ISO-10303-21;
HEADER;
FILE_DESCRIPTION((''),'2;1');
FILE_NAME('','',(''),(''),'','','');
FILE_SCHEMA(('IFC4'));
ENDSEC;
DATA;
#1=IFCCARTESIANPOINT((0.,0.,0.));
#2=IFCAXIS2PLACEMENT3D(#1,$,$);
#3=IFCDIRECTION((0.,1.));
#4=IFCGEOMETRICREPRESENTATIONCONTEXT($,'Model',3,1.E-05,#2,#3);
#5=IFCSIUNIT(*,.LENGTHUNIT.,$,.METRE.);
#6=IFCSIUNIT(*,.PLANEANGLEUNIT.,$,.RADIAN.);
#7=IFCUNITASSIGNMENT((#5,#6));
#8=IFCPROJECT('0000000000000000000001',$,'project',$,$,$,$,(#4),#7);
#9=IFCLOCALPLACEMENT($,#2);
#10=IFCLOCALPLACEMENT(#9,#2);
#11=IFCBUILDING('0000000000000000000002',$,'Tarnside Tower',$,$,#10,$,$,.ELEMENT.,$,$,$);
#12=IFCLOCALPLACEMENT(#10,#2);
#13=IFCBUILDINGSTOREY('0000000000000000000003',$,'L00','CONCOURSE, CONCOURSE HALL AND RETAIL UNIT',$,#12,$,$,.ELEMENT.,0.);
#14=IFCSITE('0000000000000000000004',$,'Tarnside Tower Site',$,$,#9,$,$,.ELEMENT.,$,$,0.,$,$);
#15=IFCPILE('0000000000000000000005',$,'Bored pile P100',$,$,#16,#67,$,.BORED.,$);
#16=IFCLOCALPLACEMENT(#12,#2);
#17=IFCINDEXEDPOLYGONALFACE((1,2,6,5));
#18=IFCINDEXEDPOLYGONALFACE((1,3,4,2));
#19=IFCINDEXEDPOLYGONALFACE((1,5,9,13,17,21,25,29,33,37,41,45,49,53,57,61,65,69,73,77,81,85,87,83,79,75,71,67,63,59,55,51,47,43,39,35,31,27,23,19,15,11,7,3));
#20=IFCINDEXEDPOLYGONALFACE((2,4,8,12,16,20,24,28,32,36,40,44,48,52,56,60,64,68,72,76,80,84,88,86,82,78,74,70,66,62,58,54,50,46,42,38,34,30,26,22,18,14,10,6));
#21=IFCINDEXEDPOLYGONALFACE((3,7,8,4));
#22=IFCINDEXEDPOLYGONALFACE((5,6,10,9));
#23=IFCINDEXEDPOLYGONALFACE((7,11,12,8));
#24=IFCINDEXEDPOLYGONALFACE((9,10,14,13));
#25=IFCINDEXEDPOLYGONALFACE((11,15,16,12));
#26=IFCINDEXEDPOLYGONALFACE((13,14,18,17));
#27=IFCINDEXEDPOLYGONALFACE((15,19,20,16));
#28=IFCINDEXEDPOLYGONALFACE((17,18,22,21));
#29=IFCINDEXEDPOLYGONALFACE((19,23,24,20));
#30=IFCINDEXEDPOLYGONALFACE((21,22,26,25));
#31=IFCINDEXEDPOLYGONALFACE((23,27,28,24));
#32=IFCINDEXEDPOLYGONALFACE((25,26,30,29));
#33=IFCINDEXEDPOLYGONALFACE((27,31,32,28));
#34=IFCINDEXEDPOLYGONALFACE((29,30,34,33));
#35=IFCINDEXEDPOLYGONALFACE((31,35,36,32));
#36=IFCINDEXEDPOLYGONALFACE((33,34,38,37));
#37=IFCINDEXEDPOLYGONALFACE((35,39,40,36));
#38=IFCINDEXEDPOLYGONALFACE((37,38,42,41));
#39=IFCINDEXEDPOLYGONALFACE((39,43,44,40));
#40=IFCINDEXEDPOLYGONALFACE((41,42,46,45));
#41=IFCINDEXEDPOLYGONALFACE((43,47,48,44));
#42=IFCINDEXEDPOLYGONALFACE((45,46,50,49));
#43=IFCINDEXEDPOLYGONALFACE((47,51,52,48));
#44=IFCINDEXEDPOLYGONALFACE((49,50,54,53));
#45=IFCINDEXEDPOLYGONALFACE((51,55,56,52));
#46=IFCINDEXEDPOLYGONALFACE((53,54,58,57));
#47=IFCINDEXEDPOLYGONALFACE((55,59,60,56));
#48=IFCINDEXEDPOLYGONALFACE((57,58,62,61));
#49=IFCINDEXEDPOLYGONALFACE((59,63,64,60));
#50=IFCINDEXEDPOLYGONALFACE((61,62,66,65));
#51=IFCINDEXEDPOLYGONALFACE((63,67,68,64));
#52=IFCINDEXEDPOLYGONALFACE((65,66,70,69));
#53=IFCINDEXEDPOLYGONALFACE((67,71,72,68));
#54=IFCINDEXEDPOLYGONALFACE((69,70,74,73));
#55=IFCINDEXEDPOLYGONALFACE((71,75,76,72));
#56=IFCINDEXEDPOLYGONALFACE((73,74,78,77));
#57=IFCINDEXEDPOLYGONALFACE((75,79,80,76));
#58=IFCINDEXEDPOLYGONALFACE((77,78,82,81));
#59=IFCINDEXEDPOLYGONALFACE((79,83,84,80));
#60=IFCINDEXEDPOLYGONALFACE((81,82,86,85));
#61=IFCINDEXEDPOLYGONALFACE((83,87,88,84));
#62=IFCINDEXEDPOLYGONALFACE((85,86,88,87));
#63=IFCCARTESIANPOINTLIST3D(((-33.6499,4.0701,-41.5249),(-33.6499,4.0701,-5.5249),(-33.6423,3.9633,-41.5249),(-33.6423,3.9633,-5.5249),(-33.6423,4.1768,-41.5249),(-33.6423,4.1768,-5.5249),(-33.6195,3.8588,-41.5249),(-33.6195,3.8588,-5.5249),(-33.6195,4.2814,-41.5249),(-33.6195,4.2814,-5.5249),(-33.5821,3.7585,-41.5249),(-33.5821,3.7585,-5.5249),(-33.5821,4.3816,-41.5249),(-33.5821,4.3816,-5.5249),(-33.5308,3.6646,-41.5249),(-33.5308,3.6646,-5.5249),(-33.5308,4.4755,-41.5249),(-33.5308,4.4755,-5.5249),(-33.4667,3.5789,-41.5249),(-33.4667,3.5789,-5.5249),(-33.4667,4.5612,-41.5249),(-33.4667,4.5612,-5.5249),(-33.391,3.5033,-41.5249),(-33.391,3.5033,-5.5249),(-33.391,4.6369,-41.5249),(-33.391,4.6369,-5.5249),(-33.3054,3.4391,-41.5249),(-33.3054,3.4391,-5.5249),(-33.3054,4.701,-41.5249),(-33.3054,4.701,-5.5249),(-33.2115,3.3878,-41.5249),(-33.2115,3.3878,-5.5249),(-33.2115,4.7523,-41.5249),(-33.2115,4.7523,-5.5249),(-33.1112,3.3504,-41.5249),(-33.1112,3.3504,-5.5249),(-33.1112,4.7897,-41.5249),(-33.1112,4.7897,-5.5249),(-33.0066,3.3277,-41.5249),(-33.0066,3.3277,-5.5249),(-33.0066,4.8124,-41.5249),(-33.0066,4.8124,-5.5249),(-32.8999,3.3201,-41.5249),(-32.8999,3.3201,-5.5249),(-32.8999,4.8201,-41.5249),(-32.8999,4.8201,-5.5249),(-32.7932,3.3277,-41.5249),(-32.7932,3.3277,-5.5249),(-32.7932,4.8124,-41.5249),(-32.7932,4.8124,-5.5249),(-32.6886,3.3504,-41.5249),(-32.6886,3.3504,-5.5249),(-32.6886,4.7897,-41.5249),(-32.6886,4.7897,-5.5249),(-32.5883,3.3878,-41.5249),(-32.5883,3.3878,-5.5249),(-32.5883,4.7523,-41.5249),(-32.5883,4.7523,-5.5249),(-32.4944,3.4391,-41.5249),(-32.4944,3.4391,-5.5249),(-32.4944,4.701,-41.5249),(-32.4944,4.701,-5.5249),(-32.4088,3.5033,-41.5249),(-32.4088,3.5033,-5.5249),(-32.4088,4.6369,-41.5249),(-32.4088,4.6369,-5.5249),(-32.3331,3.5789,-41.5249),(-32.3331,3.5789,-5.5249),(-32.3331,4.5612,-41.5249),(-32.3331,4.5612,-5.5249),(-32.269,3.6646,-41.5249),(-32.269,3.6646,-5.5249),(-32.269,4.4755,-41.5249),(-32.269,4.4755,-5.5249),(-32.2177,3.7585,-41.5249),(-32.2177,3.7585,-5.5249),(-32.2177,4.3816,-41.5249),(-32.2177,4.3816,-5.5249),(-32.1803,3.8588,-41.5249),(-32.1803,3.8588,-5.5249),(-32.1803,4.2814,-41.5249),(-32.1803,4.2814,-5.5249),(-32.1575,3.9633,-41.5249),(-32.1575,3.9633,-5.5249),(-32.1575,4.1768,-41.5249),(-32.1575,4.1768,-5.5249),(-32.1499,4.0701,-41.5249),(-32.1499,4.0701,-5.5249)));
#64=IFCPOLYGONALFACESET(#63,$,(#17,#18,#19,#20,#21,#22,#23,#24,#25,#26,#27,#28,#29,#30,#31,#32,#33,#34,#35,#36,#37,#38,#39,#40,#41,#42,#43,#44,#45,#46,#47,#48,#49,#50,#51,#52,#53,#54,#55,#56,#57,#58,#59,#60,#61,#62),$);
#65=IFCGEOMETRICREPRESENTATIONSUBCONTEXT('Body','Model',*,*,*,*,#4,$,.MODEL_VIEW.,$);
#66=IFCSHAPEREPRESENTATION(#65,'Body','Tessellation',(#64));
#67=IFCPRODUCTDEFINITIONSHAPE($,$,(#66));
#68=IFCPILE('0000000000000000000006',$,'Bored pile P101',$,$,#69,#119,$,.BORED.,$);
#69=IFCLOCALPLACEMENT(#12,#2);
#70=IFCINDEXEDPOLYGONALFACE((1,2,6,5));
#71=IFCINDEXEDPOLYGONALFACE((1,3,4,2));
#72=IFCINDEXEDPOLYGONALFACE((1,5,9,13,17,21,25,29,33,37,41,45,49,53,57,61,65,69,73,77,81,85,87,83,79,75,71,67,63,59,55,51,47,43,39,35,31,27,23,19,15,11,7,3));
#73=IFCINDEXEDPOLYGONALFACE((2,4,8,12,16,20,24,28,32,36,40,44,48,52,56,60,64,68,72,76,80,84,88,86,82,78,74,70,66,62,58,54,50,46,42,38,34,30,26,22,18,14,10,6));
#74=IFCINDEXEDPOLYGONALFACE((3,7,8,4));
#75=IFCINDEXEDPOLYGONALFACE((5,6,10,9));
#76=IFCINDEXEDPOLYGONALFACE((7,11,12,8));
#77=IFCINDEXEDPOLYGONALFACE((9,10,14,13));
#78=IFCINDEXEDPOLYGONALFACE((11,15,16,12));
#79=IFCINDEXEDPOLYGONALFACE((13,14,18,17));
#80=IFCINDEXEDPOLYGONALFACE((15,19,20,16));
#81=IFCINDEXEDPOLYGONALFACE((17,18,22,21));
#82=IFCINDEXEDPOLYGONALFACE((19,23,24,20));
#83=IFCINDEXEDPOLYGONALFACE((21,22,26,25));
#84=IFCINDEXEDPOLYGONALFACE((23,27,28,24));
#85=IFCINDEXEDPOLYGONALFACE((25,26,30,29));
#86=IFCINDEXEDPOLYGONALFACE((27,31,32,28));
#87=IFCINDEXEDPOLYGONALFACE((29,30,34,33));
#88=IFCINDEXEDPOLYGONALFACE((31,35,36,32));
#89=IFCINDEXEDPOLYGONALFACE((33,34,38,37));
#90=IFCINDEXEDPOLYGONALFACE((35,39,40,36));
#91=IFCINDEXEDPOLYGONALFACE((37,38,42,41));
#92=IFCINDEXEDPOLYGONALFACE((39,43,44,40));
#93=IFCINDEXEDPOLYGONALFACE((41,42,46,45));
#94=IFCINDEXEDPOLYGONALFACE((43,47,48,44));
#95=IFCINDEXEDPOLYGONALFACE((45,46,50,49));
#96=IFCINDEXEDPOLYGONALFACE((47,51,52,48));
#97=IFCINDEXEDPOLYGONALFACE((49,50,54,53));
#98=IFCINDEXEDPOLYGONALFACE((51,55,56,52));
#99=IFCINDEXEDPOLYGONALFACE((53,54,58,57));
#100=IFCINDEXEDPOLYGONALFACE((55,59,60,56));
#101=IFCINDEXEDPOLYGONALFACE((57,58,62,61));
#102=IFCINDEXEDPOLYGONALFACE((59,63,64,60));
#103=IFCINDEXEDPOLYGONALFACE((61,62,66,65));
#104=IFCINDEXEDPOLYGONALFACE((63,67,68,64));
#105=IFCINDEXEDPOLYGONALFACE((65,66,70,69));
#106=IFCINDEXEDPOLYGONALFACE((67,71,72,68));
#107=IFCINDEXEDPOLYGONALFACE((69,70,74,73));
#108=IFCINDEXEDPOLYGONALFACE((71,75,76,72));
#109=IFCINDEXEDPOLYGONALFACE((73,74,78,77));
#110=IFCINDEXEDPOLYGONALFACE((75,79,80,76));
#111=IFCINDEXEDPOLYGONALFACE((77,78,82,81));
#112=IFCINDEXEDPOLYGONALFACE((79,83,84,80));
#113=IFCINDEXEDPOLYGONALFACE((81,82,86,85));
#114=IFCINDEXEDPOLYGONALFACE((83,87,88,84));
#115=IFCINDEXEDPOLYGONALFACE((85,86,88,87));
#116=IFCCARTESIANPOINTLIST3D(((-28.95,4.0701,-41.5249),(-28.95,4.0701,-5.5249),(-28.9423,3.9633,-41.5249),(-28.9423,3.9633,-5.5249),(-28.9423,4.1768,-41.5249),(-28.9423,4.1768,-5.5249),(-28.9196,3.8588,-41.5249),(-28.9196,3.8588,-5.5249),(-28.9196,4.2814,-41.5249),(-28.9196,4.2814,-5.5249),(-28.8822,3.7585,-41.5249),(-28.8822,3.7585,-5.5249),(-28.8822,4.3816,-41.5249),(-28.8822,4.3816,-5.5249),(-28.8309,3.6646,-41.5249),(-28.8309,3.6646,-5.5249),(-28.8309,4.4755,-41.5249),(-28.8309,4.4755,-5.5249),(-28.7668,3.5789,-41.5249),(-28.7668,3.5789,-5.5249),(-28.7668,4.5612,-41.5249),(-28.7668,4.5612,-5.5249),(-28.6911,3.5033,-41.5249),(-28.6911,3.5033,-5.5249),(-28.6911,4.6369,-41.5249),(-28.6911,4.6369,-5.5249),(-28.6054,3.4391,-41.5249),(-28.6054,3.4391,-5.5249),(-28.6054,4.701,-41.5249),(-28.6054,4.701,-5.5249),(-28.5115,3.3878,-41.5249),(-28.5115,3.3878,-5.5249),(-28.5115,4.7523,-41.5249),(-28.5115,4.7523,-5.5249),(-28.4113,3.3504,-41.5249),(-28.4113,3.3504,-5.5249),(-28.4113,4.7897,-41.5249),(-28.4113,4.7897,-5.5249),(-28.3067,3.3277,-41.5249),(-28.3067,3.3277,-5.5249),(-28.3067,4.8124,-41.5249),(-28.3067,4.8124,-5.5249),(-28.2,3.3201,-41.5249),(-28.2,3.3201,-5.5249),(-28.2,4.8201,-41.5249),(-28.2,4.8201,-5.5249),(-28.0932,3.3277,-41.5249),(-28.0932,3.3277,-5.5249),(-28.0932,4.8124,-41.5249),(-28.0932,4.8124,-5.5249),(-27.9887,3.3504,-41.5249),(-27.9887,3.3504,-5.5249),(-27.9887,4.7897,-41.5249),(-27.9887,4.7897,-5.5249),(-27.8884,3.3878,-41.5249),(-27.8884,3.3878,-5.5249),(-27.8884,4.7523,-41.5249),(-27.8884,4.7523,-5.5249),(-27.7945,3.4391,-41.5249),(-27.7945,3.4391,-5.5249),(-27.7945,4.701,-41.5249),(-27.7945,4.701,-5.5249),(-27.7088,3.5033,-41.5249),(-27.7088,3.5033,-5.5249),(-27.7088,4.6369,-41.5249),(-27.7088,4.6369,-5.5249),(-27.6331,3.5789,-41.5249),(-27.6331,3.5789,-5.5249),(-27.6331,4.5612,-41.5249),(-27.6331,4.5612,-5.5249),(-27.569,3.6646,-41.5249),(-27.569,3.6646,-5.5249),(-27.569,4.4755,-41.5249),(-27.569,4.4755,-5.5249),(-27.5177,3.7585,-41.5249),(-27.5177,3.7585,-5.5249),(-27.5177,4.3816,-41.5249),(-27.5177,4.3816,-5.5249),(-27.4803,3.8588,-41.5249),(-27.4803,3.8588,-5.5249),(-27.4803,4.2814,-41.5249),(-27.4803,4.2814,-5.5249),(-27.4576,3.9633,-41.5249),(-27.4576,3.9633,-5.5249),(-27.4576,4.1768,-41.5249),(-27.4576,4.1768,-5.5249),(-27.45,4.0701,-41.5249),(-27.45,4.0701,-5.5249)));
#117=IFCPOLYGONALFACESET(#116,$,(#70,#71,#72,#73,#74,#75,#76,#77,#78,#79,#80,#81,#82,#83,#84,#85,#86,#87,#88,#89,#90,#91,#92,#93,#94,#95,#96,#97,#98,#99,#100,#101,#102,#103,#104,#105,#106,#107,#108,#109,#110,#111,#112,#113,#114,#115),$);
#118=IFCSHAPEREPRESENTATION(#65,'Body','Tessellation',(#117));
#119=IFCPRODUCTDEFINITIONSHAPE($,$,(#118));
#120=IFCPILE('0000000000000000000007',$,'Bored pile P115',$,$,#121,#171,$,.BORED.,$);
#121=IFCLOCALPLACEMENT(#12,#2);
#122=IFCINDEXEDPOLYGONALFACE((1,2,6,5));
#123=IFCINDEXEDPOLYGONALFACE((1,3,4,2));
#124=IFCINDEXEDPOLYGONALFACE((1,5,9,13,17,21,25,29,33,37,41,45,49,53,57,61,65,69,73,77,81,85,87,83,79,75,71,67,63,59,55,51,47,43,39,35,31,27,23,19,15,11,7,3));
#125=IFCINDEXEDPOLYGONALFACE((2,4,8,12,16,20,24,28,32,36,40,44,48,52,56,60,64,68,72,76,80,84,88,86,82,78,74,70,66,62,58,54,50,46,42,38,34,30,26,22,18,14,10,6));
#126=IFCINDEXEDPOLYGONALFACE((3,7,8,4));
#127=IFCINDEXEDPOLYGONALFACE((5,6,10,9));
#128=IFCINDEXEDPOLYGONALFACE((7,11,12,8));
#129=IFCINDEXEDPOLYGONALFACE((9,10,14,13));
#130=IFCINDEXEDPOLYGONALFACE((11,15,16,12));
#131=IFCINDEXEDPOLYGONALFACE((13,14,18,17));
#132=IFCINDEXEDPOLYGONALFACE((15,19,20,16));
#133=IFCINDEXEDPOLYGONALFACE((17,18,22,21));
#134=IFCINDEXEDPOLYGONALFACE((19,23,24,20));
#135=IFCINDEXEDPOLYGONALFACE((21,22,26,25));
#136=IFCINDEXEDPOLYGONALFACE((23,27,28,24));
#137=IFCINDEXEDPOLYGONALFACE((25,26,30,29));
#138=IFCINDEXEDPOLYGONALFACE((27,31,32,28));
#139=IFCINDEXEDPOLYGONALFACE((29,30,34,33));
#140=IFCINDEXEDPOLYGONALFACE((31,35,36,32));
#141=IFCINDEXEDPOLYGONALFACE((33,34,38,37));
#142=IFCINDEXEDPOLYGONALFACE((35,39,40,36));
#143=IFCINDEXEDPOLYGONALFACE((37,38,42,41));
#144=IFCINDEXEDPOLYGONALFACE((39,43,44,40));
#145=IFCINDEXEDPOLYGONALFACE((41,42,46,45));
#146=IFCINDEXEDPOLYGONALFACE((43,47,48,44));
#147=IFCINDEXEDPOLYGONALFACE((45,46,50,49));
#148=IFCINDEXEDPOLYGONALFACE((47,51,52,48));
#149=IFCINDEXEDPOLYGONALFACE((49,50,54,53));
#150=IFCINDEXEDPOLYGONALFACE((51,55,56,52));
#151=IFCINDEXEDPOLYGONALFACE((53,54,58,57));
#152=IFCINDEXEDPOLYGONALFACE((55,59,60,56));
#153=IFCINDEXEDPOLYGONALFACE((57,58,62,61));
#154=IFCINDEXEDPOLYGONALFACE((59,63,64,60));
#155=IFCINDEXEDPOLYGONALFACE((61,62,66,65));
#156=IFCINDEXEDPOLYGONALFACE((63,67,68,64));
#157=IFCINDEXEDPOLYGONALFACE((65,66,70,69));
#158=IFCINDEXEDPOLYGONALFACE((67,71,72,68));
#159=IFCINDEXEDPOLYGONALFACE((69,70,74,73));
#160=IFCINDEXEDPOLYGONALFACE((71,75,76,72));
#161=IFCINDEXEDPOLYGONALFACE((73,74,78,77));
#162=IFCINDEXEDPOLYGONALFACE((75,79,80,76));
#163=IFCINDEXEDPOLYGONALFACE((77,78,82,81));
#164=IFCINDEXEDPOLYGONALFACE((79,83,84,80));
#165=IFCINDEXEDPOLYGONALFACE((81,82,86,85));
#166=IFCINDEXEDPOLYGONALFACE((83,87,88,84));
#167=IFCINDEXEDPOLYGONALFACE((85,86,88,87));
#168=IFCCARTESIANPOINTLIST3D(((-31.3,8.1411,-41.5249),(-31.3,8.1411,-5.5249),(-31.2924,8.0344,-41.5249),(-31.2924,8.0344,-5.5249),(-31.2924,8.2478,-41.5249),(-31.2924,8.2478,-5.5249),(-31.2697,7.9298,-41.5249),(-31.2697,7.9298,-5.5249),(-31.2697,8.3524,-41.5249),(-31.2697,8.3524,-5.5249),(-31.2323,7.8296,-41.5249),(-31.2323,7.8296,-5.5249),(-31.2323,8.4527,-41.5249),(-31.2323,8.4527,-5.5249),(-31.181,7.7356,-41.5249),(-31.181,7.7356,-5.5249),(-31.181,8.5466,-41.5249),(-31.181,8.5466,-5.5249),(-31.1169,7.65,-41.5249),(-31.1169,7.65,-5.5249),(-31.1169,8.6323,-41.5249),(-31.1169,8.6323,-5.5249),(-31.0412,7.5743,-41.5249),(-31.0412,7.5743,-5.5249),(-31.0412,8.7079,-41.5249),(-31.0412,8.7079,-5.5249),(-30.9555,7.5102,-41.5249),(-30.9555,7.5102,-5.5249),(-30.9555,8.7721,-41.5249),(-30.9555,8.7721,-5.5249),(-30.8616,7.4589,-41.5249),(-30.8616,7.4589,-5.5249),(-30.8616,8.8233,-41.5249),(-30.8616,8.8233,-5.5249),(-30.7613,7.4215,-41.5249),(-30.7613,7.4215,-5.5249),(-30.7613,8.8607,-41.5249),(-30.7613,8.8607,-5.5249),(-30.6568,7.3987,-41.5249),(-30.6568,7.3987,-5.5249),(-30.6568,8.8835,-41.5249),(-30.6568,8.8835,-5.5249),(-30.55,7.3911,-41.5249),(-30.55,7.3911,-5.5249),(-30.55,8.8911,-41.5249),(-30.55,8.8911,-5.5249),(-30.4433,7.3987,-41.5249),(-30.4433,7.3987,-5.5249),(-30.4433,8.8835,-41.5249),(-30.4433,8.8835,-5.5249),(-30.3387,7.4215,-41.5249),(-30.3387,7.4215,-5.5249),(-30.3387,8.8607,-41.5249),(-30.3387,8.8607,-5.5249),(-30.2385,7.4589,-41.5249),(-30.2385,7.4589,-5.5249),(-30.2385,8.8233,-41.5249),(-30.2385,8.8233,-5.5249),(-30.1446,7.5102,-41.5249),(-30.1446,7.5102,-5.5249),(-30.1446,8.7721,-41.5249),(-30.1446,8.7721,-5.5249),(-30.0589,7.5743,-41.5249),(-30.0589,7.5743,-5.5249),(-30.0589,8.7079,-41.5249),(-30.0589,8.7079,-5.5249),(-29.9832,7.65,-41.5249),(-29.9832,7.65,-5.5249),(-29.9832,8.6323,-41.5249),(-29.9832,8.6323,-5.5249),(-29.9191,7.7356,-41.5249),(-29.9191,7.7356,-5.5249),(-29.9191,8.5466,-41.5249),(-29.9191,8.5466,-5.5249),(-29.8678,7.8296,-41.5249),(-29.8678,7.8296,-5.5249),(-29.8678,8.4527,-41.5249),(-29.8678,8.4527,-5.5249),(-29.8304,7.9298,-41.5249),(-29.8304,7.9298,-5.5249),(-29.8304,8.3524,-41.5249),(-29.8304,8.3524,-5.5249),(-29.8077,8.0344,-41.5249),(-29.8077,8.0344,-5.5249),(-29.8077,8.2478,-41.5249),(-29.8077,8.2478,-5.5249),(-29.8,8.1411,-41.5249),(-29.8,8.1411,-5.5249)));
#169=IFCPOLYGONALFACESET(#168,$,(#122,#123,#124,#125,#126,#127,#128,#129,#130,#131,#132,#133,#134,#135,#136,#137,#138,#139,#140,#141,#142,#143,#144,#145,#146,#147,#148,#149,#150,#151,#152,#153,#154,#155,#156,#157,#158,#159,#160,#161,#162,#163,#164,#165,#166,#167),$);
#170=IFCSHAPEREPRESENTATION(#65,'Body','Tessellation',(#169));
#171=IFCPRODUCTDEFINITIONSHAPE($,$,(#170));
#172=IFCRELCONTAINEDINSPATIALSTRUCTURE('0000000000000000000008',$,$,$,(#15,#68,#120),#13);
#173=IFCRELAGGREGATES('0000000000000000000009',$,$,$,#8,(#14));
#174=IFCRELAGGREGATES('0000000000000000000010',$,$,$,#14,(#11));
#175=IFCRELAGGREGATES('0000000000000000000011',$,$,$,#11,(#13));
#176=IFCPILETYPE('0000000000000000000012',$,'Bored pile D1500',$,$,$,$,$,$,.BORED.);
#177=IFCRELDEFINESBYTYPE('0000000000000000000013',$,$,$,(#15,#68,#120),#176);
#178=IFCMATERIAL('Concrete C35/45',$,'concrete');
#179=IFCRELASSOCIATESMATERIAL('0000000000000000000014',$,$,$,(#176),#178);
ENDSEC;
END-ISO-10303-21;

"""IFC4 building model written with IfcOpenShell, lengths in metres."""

from ifc_helpers import new_model, si_unit, direction, frame, origin, origin_2d, place, context, subcontext, project, spatial, circle, extrude, material, material_profile, profile_set, type_object, element, save


model = new_model("IFC4")

# Units and contexts
model_context = context("Model", 3, precision=1e-05, world=origin(), true_north=direction((0.0, 1.0)))
body_context = subcontext(model_context, "Body", "Model", "MODEL_VIEW")
ifc_project = project(units=[si_unit("LENGTHUNIT", "METRE"), si_unit("PLANEANGLEUNIT", "RADIAN")], contexts=[model_context])

# Site, building, storey
site_placement = place(None, origin())
site = spatial("IfcSite", under=ifc_project, at=site_placement, Name="Tarnside Tower Site", CompositionType="ELEMENT", RefElevation=0.0)
building_placement = place(site_placement, origin())
building = spatial("IfcBuilding", under=site, at=building_placement, Name="Tarnside Tower", CompositionType="ELEMENT")
storey_placement = place(building_placement, origin())
storey = spatial("IfcBuildingStorey", under=building, at=storey_placement, Name="L00", Description="CONCOURSE, CONCOURSE HALL AND RETAIL UNIT", CompositionType="ELEMENT", Elevation=0.0)

# Piles
ifc_material_1 = material(Name="Concrete C35/45", Category="concrete")
ifc_material_profile_1 = material_profile(ifc_material_1, circle(Radius=0.75, at=origin_2d()), Name="Bored pile D1500")
ifc_profile_set_1 = profile_set([ifc_material_profile_1], Name="Concrete C35/45")
pile_type = type_object("IfcPileType", Name="Bored pile D1500", PredefinedType="BORED", material=ifc_profile_set_1)
for number, where, z_axis, x_axis, name in (
    (1, (-32.8999, 4.0701, -5.5249), (0.0, 0.0, -1.0), (1.0, 0.0, 0.0), "Bored pile P100"),
    (2, (-28.2, 4.0701, -5.5249), (0.0, 0.0, -1.0), (1.0, 0.0, 0.0), "Bored pile P101"),
    (3, (-30.55, 8.1411, -5.5249), (0.0, 0.0, -1.0), (1.0, 0.0, 0.0), "Bored pile P115"),
):
    element("IfcPile", number, at=place(storey_placement, frame(where, z_axis=z_axis, x_axis=x_axis)), inside=storey, type_object=pile_type, Name=name, PredefinedType="BORED", context=body_context, shape_type="SweptSolid", body=[
        extrude(circle(Radius=0.75, at=origin_2d()), origin(), (0.0, 0.0, 1.0), 36.0),
    ])

save(model, "model.ifc")
